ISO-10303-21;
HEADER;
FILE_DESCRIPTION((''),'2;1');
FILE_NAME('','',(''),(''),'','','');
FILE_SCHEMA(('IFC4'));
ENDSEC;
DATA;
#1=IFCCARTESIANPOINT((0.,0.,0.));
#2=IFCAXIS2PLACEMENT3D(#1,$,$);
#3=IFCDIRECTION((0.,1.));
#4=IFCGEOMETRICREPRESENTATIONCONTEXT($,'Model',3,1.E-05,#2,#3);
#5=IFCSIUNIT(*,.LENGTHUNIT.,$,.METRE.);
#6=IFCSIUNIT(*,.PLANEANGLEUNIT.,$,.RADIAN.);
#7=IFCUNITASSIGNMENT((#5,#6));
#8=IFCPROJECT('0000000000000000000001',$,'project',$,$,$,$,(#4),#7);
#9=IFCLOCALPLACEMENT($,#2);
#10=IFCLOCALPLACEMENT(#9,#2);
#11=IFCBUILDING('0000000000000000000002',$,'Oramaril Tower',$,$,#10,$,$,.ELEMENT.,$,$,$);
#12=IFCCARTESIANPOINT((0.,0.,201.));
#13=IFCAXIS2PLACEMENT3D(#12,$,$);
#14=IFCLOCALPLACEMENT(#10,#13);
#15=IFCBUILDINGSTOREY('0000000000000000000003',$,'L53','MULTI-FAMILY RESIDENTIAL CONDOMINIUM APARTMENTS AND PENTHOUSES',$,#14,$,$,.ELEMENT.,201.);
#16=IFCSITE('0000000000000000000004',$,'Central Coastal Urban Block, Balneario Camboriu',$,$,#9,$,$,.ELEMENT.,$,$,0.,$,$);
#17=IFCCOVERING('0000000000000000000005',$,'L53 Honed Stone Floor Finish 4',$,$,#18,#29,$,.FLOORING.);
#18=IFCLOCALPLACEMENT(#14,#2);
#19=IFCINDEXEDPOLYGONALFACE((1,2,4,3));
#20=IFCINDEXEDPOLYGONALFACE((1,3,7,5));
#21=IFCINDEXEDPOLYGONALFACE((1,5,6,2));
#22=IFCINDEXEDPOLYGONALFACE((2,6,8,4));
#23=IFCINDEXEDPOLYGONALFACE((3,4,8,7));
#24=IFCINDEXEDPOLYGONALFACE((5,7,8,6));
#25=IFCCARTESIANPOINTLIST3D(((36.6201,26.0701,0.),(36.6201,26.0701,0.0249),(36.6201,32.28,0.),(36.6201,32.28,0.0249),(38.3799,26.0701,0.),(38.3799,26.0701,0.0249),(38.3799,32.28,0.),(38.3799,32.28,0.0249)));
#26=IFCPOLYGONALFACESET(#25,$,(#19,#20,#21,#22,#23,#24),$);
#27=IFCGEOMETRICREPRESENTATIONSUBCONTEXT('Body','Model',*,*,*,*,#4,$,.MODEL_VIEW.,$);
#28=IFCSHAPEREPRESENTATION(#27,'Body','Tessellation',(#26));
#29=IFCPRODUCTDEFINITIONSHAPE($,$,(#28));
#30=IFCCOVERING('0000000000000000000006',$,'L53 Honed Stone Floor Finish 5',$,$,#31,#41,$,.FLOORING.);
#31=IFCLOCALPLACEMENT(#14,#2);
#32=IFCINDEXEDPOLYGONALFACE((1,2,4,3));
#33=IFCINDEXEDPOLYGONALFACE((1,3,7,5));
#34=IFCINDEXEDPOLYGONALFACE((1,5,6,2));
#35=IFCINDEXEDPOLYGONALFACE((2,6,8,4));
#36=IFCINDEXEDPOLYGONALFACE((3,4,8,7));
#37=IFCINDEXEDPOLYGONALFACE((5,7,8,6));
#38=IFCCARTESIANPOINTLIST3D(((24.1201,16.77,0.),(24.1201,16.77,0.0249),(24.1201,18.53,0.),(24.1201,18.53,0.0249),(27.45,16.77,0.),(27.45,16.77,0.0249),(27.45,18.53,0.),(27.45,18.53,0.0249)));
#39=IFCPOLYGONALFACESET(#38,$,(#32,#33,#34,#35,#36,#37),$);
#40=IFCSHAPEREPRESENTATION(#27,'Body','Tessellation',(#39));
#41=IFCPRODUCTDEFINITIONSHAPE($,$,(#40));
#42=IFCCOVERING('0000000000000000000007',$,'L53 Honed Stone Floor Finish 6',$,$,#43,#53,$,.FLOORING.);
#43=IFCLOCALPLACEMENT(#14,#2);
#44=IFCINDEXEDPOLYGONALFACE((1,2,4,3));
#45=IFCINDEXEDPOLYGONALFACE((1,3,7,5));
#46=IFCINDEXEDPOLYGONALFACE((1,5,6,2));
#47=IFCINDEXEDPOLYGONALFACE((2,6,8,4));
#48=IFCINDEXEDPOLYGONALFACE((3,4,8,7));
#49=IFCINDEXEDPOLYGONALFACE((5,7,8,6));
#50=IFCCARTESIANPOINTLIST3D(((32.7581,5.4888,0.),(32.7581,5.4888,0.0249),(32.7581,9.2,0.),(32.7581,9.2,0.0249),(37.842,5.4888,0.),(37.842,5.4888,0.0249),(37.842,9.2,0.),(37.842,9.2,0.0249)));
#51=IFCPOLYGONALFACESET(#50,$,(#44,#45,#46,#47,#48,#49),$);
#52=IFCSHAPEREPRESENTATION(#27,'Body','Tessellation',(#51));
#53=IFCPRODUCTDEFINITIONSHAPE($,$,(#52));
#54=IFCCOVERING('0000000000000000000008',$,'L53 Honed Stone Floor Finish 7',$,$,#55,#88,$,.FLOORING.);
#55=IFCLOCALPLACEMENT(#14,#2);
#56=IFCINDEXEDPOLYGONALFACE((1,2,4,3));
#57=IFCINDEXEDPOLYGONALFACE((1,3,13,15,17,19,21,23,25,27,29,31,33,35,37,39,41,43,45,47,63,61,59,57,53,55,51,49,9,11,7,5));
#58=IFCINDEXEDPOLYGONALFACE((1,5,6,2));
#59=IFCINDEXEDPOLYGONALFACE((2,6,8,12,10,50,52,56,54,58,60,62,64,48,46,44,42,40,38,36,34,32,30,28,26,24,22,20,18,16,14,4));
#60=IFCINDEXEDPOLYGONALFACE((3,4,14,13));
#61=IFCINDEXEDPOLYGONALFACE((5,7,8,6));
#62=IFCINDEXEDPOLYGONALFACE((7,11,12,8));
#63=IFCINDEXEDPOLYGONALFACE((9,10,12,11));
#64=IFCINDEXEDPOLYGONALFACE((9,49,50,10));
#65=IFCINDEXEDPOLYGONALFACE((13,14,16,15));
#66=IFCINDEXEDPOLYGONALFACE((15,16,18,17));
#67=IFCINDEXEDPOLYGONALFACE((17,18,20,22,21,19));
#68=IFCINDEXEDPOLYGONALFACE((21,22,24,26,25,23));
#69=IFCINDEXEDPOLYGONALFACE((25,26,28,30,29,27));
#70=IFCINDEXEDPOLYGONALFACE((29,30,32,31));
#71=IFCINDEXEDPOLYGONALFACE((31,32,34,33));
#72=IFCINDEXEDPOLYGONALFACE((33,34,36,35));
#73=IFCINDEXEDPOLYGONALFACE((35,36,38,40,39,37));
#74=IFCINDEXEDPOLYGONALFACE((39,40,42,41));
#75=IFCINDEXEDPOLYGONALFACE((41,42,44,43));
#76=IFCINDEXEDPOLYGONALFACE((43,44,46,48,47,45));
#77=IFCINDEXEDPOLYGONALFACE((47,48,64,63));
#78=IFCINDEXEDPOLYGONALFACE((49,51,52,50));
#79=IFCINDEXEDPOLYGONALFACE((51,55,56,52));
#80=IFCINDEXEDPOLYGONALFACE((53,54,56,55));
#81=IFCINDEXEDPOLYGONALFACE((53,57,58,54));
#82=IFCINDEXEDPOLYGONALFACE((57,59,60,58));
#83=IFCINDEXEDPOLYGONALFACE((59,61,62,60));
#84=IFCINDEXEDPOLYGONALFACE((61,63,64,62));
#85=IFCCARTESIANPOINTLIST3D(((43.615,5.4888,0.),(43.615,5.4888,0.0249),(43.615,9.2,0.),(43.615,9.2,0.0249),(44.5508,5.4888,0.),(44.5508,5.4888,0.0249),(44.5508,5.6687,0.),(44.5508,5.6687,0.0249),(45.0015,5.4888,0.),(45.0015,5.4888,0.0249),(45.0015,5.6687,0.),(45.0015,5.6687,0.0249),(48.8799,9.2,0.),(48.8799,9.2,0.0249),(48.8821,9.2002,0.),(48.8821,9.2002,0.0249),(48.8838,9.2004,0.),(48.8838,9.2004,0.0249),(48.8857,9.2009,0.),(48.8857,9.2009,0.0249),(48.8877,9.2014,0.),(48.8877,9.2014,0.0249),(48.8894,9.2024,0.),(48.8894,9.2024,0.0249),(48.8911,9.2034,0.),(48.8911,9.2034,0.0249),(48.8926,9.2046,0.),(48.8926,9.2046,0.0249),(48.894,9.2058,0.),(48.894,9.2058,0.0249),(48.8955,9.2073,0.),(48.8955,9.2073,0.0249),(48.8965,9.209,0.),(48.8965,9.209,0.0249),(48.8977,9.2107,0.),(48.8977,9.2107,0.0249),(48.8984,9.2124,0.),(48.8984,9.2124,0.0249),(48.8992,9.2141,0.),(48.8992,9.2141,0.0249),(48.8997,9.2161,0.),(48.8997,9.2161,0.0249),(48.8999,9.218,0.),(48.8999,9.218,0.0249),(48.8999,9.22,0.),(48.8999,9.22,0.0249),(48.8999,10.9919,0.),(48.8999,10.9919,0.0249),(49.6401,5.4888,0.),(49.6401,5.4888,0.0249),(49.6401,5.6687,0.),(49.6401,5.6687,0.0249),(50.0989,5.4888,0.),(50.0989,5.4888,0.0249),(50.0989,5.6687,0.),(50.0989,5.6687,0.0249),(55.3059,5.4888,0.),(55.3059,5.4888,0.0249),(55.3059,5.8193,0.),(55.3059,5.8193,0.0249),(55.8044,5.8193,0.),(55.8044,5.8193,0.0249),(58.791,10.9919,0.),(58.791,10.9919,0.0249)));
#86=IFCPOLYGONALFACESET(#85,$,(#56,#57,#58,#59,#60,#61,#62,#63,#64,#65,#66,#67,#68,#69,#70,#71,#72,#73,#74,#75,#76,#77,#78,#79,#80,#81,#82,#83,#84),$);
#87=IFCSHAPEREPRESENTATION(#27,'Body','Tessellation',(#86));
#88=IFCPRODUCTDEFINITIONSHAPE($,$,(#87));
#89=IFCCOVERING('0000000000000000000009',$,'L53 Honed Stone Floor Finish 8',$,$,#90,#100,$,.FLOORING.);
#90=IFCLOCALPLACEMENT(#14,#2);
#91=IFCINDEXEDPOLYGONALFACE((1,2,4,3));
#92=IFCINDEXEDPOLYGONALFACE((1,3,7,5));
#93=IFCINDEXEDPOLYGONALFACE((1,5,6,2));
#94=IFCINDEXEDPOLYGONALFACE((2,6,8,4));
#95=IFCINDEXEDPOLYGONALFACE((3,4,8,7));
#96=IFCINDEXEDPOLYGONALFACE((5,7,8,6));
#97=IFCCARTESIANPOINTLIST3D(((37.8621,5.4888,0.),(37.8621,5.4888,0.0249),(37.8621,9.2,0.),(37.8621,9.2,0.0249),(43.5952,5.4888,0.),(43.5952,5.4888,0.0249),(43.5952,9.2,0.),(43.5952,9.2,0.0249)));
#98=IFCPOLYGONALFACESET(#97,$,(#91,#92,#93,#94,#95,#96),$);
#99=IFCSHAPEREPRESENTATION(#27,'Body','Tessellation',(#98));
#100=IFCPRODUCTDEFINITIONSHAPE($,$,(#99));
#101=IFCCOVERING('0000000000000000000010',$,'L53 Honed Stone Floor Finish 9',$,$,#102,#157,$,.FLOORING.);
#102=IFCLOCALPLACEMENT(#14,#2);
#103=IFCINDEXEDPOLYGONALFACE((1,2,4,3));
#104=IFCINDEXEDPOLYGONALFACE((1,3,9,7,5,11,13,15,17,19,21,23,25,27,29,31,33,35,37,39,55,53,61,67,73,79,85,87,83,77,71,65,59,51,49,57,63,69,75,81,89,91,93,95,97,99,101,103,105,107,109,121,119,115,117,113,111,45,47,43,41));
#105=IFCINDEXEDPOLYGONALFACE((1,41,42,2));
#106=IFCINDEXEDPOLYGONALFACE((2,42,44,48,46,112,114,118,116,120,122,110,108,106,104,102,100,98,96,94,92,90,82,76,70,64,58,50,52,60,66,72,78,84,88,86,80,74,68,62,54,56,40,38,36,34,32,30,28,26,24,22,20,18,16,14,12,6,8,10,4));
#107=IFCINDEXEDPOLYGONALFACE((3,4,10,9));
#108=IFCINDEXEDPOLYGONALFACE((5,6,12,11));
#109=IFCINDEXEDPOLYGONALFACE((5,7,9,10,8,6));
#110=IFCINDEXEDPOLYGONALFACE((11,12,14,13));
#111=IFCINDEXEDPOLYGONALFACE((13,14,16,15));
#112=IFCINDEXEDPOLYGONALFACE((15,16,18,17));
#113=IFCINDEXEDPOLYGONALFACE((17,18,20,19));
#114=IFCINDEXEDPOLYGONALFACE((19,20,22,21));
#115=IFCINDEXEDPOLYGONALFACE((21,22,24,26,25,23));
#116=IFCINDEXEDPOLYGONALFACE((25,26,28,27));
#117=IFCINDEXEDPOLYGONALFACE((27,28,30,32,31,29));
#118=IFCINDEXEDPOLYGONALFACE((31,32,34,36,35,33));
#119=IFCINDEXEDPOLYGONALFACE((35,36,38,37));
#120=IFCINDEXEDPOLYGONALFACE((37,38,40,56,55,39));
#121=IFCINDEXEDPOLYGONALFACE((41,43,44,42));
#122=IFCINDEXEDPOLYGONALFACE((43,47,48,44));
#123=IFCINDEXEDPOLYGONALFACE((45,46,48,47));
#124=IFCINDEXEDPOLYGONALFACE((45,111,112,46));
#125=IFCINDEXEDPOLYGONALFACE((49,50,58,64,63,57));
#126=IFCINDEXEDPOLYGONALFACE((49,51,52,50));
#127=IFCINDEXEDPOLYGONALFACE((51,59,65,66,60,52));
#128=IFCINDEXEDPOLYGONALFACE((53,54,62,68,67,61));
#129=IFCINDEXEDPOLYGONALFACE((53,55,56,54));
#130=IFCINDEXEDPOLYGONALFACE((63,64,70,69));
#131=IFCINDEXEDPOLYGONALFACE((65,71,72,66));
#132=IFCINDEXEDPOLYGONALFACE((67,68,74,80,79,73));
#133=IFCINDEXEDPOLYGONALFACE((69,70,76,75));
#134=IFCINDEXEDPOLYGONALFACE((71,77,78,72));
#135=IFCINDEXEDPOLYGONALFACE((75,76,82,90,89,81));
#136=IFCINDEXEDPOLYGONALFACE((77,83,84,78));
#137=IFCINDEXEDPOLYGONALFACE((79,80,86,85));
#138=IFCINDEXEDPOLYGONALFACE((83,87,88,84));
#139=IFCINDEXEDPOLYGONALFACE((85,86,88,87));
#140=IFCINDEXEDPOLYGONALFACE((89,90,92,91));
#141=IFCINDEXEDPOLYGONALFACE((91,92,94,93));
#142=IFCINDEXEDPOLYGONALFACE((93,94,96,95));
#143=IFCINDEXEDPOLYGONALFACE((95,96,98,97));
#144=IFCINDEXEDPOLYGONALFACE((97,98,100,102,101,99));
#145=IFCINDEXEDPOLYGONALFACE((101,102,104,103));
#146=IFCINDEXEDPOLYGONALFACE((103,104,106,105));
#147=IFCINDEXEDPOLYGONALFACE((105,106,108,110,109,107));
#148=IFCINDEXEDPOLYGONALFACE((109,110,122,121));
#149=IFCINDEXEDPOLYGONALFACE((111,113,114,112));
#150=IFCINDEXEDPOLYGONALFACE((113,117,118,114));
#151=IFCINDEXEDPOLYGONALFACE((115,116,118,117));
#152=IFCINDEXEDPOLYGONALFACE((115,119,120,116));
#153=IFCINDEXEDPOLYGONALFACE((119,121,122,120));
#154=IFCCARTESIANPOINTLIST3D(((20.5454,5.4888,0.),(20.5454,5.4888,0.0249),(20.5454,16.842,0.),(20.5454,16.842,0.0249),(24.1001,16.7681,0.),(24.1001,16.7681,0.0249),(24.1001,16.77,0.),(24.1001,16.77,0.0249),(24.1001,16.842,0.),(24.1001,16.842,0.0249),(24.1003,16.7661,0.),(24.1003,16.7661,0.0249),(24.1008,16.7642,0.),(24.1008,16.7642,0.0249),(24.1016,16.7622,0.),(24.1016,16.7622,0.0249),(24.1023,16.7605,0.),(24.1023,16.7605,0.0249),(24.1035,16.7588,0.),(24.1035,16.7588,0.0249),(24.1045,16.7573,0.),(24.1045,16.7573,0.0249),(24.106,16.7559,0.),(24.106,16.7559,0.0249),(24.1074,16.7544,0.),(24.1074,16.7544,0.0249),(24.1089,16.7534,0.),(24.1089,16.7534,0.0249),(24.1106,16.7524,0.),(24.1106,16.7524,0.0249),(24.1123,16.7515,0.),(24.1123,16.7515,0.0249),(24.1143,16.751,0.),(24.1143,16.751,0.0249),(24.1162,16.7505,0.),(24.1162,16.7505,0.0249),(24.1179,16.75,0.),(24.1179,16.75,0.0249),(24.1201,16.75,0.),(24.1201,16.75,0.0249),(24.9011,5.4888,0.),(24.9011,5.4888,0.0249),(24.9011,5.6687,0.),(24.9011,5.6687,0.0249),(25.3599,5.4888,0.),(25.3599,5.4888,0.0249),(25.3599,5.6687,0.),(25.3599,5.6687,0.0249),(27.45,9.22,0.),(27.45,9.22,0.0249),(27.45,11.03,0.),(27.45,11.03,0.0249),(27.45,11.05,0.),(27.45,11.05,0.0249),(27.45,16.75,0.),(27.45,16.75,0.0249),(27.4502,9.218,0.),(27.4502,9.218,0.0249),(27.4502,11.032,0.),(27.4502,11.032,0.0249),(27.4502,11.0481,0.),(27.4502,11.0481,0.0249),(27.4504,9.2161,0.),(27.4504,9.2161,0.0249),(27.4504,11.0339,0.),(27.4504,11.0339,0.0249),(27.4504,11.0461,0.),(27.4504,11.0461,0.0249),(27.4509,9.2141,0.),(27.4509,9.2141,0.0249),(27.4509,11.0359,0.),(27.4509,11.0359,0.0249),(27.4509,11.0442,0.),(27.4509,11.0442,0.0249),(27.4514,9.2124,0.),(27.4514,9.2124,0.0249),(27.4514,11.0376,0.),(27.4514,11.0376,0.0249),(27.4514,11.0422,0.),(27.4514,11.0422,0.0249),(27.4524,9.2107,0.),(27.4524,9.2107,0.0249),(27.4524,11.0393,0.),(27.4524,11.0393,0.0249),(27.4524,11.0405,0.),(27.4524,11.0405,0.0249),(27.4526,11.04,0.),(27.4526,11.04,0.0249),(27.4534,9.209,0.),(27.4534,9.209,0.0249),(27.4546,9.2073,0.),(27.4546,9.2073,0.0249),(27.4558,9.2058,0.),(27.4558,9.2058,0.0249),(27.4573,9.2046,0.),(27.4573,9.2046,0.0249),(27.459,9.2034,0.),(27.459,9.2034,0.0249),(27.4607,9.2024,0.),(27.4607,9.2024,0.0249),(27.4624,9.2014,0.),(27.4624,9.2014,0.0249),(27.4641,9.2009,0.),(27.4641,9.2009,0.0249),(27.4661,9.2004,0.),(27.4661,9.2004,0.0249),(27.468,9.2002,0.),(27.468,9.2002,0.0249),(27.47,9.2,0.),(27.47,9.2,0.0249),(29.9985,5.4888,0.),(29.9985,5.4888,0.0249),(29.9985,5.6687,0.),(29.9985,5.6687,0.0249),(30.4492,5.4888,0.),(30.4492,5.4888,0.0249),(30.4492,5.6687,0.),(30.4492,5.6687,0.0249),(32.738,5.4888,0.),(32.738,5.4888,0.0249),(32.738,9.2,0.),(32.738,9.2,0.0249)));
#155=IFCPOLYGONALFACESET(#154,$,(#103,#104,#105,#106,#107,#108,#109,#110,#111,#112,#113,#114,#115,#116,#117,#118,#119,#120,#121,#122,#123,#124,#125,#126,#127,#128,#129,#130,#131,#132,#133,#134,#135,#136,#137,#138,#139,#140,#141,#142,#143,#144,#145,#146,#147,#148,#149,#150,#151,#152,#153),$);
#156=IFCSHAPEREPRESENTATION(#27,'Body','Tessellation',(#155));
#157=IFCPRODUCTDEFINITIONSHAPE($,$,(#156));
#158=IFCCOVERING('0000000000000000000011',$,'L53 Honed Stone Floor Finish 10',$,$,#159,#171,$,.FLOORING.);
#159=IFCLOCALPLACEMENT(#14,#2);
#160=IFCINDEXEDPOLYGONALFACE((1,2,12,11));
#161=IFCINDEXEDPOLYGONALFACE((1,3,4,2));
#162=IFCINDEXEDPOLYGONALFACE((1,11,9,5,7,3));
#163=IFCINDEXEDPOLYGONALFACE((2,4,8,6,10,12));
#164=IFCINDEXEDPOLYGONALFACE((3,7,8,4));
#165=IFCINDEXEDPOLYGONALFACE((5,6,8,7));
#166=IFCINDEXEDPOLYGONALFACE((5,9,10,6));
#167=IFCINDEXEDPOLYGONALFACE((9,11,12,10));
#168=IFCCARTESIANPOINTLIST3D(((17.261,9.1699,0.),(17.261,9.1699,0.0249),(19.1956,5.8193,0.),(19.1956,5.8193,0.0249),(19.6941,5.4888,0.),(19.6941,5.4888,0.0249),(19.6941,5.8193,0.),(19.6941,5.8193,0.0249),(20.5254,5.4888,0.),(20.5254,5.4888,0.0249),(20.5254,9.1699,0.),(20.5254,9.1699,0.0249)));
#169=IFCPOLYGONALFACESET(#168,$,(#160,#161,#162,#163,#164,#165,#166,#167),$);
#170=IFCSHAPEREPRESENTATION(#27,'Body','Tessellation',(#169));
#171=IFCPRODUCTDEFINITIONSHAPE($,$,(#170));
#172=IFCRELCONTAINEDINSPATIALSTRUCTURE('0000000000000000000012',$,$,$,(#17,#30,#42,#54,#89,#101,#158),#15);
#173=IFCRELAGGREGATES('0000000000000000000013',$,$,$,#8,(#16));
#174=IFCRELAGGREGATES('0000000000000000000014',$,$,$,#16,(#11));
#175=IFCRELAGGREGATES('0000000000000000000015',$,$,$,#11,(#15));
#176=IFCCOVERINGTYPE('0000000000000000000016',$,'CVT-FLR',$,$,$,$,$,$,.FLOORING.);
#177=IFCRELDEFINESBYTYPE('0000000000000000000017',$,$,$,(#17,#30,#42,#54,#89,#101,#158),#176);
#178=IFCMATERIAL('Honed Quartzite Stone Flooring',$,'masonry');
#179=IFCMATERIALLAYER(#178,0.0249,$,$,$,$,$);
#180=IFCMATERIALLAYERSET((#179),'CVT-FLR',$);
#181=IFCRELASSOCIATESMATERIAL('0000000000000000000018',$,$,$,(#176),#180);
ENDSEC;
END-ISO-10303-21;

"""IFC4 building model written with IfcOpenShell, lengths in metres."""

from ifc_helpers import new_model, si_unit, direction, frame, origin, place, context, subcontext, project, spatial, polyline, outline, extrude, material, layer, layer_set, type_object, element, save


model = new_model("IFC4")

# Units and contexts
model_context = context("Model", 3, precision=1e-05, world=origin(), true_north=direction((0.0, 1.0)))
body_context = subcontext(model_context, "Body", "Model", "MODEL_VIEW")
ifc_project = project(units=[si_unit("LENGTHUNIT", "METRE"), si_unit("PLANEANGLEUNIT", "RADIAN")], contexts=[model_context])

# Site, building, storey
site_placement = place(None, origin())
site = spatial("IfcSite", under=ifc_project, at=site_placement, Name="Central Coastal Urban Block, Balneario Camboriu", CompositionType="ELEMENT", RefElevation=0.0)
building_placement = place(site_placement, origin())
building = spatial("IfcBuilding", under=site, at=building_placement, Name="Oramaril Tower", CompositionType="ELEMENT")
storey_placement = place(building_placement, frame((0.0, 0.0, 201.0)))
storey = spatial("IfcBuildingStorey", under=building, at=storey_placement, Name="L53", Description="MULTI-FAMILY RESIDENTIAL CONDOMINIUM APARTMENTS AND PENTHOUSES", CompositionType="ELEMENT", Elevation=201.0)

# Coverings
ifc_material_1 = material(Name="Honed Quartzite Stone Flooring", Category="masonry")
ifc_layer_1 = layer(ifc_material_1, 0.0249)
ifc_layer_set_1 = layer_set([ifc_layer_1], Name="CVT-FLR")
covering_type_1 = type_object("IfcCoveringType", Name="CVT-FLR", PredefinedType="FLOORING", material=ifc_layer_set_1)
covering_1_placement = place(storey_placement, origin())
element("IfcCovering", 1, at=covering_1_placement, inside=storey, type_object=covering_type_1, Name="L53 Honed Stone Floor Finish 4", PredefinedType="FLOORING", context=body_context, shape_type="SweptSolid", body=[
    extrude(outline(polyline([(38.3799, 26.0701), (36.6201, 26.0701), (36.6201, 32.28), (38.3799, 32.28), (38.3799, 26.0701)])), origin(), (0.0, 0.0, 1.0), 0.0249),
])
covering_2_placement = place(storey_placement, origin())
element("IfcCovering", 2, at=covering_2_placement, inside=storey, type_object=covering_type_1, Name="L53 Honed Stone Floor Finish 5", PredefinedType="FLOORING", context=body_context, shape_type="SweptSolid", body=[
    extrude(outline(polyline([(24.1201, 16.77), (24.1201, 18.53), (27.45, 18.53), (27.45, 16.77), (24.1201, 16.77)])), origin(), (0.0, 0.0, 1.0), 0.0249),
])
covering_3_placement = place(storey_placement, origin())
element("IfcCovering", 3, at=covering_3_placement, inside=storey, type_object=covering_type_1, Name="L53 Honed Stone Floor Finish 6", PredefinedType="FLOORING", context=body_context, shape_type="SweptSolid", body=[
    extrude(outline(polyline([(37.842, 5.4888), (32.7581, 5.4888), (32.7581, 9.2), (37.842, 9.2), (37.842, 5.4888)])), origin(), (0.0, 0.0, 1.0), 0.0249),
])
covering_4_placement = place(storey_placement, origin())
element("IfcCovering", 4, at=covering_4_placement, inside=storey, type_object=covering_type_1, Name="L53 Honed Stone Floor Finish 7", PredefinedType="FLOORING", context=body_context, shape_type="SweptSolid", body=[
    extrude(outline(polyline([(55.8044, 5.8193), (55.3059, 5.8193), (55.3059, 5.4888), (50.0989, 5.4888), (50.0989, 5.6687), (49.6401, 5.6687), (49.6401, 5.4888), (45.0015, 5.4888), (45.0015, 5.6687), (44.5508, 5.6687), (44.5508, 5.4888), (43.615, 5.4888), (43.615, 9.2), (48.8799, 9.2), (48.8821, 9.2002), (48.8838, 9.2004), (48.8857, 9.2009), (48.8877, 9.2014), (48.8894, 9.2024), (48.8911, 9.2034), (48.8926, 9.2046), (48.894, 9.2058), (48.8955, 9.2073), (48.8965, 9.209), (48.8977, 9.2107), (48.8984, 9.2124), (48.8992, 9.2141), (48.8997, 9.2161), (48.8999, 9.218), (48.8999, 9.22), (48.8999, 10.9919), (58.791, 10.9919), (55.8044, 5.8193)])), origin(), (0.0, 0.0, 1.0), 0.0249),
])
covering_5_placement = place(storey_placement, origin())
element("IfcCovering", 5, at=covering_5_placement, inside=storey, type_object=covering_type_1, Name="L53 Honed Stone Floor Finish 8", PredefinedType="FLOORING", context=body_context, shape_type="SweptSolid", body=[
    extrude(outline(polyline([(37.8621, 5.4888), (37.8621, 9.2), (43.5952, 9.2), (43.5952, 5.4888), (37.8621, 5.4888)])), origin(), (0.0, 0.0, 1.0), 0.0249),
])
covering_6_placement = place(storey_placement, origin())
element("IfcCovering", 6, at=covering_6_placement, inside=storey, type_object=covering_type_1, Name="L53 Honed Stone Floor Finish 9", PredefinedType="FLOORING", context=body_context, shape_type="SweptSolid", body=[
    extrude(outline(polyline([(30.4492, 5.4888), (30.4492, 5.6687), (29.9985, 5.6687), (29.9985, 5.4888), (25.3599, 5.4888), (25.3599, 5.6687), (24.9011, 5.6687), (24.9011, 5.4888), (20.5454, 5.4888), (20.5454, 16.842), (24.1001, 16.842), (24.1001, 16.77), (24.1001, 16.7681), (24.1003, 16.7661), (24.1008, 16.7642), (24.1016, 16.7622), (24.1023, 16.7605), (24.1035, 16.7588), (24.1045, 16.7573), (24.106, 16.7559), (24.1074, 16.7544), (24.1089, 16.7534), (24.1106, 16.7524), (24.1123, 16.7515), (24.1143, 16.751), (24.1162, 16.7505), (24.1179, 16.75), (24.1201, 16.75), (27.45, 16.75), (27.45, 11.05), (27.4502, 11.0481), (27.4504, 11.0461), (27.4509, 11.0442), (27.4514, 11.0422), (27.4524, 11.0405), (27.4526, 11.04), (27.4524, 11.0393), (27.4514, 11.0376), (27.4509, 11.0359), (27.4504, 11.0339), (27.4502, 11.032), (27.45, 11.03), (27.45, 9.22), (27.4502, 9.218), (27.4504, 9.2161), (27.4509, 9.2141), (27.4514, 9.2124), (27.4524, 9.2107), (27.4534, 9.209), (27.4546, 9.2073), (27.4558, 9.2058), (27.4573, 9.2046), (27.459, 9.2034), (27.4607, 9.2024), (27.4624, 9.2014), (27.4641, 9.2009), (27.4661, 9.2004), (27.468, 9.2002), (27.47, 9.2), (32.738, 9.2), (32.738, 5.4888), (30.4492, 5.4888)])), origin(), (0.0, 0.0, 1.0), 0.0249),
])
covering_7_placement = place(storey_placement, origin())
element("IfcCovering", 7, at=covering_7_placement, inside=storey, type_object=covering_type_1, Name="L53 Honed Stone Floor Finish 10", PredefinedType="FLOORING", context=body_context, shape_type="SweptSolid", body=[
    extrude(outline(polyline([(19.6941, 5.4888), (19.6941, 5.8193), (19.1956, 5.8193), (17.261, 9.1699), (20.5254, 9.1699), (20.5254, 5.4888), (19.6941, 5.4888)])), origin(), (0.0, 0.0, 1.0), 0.0249),
])

save(model, "model.ifc")
